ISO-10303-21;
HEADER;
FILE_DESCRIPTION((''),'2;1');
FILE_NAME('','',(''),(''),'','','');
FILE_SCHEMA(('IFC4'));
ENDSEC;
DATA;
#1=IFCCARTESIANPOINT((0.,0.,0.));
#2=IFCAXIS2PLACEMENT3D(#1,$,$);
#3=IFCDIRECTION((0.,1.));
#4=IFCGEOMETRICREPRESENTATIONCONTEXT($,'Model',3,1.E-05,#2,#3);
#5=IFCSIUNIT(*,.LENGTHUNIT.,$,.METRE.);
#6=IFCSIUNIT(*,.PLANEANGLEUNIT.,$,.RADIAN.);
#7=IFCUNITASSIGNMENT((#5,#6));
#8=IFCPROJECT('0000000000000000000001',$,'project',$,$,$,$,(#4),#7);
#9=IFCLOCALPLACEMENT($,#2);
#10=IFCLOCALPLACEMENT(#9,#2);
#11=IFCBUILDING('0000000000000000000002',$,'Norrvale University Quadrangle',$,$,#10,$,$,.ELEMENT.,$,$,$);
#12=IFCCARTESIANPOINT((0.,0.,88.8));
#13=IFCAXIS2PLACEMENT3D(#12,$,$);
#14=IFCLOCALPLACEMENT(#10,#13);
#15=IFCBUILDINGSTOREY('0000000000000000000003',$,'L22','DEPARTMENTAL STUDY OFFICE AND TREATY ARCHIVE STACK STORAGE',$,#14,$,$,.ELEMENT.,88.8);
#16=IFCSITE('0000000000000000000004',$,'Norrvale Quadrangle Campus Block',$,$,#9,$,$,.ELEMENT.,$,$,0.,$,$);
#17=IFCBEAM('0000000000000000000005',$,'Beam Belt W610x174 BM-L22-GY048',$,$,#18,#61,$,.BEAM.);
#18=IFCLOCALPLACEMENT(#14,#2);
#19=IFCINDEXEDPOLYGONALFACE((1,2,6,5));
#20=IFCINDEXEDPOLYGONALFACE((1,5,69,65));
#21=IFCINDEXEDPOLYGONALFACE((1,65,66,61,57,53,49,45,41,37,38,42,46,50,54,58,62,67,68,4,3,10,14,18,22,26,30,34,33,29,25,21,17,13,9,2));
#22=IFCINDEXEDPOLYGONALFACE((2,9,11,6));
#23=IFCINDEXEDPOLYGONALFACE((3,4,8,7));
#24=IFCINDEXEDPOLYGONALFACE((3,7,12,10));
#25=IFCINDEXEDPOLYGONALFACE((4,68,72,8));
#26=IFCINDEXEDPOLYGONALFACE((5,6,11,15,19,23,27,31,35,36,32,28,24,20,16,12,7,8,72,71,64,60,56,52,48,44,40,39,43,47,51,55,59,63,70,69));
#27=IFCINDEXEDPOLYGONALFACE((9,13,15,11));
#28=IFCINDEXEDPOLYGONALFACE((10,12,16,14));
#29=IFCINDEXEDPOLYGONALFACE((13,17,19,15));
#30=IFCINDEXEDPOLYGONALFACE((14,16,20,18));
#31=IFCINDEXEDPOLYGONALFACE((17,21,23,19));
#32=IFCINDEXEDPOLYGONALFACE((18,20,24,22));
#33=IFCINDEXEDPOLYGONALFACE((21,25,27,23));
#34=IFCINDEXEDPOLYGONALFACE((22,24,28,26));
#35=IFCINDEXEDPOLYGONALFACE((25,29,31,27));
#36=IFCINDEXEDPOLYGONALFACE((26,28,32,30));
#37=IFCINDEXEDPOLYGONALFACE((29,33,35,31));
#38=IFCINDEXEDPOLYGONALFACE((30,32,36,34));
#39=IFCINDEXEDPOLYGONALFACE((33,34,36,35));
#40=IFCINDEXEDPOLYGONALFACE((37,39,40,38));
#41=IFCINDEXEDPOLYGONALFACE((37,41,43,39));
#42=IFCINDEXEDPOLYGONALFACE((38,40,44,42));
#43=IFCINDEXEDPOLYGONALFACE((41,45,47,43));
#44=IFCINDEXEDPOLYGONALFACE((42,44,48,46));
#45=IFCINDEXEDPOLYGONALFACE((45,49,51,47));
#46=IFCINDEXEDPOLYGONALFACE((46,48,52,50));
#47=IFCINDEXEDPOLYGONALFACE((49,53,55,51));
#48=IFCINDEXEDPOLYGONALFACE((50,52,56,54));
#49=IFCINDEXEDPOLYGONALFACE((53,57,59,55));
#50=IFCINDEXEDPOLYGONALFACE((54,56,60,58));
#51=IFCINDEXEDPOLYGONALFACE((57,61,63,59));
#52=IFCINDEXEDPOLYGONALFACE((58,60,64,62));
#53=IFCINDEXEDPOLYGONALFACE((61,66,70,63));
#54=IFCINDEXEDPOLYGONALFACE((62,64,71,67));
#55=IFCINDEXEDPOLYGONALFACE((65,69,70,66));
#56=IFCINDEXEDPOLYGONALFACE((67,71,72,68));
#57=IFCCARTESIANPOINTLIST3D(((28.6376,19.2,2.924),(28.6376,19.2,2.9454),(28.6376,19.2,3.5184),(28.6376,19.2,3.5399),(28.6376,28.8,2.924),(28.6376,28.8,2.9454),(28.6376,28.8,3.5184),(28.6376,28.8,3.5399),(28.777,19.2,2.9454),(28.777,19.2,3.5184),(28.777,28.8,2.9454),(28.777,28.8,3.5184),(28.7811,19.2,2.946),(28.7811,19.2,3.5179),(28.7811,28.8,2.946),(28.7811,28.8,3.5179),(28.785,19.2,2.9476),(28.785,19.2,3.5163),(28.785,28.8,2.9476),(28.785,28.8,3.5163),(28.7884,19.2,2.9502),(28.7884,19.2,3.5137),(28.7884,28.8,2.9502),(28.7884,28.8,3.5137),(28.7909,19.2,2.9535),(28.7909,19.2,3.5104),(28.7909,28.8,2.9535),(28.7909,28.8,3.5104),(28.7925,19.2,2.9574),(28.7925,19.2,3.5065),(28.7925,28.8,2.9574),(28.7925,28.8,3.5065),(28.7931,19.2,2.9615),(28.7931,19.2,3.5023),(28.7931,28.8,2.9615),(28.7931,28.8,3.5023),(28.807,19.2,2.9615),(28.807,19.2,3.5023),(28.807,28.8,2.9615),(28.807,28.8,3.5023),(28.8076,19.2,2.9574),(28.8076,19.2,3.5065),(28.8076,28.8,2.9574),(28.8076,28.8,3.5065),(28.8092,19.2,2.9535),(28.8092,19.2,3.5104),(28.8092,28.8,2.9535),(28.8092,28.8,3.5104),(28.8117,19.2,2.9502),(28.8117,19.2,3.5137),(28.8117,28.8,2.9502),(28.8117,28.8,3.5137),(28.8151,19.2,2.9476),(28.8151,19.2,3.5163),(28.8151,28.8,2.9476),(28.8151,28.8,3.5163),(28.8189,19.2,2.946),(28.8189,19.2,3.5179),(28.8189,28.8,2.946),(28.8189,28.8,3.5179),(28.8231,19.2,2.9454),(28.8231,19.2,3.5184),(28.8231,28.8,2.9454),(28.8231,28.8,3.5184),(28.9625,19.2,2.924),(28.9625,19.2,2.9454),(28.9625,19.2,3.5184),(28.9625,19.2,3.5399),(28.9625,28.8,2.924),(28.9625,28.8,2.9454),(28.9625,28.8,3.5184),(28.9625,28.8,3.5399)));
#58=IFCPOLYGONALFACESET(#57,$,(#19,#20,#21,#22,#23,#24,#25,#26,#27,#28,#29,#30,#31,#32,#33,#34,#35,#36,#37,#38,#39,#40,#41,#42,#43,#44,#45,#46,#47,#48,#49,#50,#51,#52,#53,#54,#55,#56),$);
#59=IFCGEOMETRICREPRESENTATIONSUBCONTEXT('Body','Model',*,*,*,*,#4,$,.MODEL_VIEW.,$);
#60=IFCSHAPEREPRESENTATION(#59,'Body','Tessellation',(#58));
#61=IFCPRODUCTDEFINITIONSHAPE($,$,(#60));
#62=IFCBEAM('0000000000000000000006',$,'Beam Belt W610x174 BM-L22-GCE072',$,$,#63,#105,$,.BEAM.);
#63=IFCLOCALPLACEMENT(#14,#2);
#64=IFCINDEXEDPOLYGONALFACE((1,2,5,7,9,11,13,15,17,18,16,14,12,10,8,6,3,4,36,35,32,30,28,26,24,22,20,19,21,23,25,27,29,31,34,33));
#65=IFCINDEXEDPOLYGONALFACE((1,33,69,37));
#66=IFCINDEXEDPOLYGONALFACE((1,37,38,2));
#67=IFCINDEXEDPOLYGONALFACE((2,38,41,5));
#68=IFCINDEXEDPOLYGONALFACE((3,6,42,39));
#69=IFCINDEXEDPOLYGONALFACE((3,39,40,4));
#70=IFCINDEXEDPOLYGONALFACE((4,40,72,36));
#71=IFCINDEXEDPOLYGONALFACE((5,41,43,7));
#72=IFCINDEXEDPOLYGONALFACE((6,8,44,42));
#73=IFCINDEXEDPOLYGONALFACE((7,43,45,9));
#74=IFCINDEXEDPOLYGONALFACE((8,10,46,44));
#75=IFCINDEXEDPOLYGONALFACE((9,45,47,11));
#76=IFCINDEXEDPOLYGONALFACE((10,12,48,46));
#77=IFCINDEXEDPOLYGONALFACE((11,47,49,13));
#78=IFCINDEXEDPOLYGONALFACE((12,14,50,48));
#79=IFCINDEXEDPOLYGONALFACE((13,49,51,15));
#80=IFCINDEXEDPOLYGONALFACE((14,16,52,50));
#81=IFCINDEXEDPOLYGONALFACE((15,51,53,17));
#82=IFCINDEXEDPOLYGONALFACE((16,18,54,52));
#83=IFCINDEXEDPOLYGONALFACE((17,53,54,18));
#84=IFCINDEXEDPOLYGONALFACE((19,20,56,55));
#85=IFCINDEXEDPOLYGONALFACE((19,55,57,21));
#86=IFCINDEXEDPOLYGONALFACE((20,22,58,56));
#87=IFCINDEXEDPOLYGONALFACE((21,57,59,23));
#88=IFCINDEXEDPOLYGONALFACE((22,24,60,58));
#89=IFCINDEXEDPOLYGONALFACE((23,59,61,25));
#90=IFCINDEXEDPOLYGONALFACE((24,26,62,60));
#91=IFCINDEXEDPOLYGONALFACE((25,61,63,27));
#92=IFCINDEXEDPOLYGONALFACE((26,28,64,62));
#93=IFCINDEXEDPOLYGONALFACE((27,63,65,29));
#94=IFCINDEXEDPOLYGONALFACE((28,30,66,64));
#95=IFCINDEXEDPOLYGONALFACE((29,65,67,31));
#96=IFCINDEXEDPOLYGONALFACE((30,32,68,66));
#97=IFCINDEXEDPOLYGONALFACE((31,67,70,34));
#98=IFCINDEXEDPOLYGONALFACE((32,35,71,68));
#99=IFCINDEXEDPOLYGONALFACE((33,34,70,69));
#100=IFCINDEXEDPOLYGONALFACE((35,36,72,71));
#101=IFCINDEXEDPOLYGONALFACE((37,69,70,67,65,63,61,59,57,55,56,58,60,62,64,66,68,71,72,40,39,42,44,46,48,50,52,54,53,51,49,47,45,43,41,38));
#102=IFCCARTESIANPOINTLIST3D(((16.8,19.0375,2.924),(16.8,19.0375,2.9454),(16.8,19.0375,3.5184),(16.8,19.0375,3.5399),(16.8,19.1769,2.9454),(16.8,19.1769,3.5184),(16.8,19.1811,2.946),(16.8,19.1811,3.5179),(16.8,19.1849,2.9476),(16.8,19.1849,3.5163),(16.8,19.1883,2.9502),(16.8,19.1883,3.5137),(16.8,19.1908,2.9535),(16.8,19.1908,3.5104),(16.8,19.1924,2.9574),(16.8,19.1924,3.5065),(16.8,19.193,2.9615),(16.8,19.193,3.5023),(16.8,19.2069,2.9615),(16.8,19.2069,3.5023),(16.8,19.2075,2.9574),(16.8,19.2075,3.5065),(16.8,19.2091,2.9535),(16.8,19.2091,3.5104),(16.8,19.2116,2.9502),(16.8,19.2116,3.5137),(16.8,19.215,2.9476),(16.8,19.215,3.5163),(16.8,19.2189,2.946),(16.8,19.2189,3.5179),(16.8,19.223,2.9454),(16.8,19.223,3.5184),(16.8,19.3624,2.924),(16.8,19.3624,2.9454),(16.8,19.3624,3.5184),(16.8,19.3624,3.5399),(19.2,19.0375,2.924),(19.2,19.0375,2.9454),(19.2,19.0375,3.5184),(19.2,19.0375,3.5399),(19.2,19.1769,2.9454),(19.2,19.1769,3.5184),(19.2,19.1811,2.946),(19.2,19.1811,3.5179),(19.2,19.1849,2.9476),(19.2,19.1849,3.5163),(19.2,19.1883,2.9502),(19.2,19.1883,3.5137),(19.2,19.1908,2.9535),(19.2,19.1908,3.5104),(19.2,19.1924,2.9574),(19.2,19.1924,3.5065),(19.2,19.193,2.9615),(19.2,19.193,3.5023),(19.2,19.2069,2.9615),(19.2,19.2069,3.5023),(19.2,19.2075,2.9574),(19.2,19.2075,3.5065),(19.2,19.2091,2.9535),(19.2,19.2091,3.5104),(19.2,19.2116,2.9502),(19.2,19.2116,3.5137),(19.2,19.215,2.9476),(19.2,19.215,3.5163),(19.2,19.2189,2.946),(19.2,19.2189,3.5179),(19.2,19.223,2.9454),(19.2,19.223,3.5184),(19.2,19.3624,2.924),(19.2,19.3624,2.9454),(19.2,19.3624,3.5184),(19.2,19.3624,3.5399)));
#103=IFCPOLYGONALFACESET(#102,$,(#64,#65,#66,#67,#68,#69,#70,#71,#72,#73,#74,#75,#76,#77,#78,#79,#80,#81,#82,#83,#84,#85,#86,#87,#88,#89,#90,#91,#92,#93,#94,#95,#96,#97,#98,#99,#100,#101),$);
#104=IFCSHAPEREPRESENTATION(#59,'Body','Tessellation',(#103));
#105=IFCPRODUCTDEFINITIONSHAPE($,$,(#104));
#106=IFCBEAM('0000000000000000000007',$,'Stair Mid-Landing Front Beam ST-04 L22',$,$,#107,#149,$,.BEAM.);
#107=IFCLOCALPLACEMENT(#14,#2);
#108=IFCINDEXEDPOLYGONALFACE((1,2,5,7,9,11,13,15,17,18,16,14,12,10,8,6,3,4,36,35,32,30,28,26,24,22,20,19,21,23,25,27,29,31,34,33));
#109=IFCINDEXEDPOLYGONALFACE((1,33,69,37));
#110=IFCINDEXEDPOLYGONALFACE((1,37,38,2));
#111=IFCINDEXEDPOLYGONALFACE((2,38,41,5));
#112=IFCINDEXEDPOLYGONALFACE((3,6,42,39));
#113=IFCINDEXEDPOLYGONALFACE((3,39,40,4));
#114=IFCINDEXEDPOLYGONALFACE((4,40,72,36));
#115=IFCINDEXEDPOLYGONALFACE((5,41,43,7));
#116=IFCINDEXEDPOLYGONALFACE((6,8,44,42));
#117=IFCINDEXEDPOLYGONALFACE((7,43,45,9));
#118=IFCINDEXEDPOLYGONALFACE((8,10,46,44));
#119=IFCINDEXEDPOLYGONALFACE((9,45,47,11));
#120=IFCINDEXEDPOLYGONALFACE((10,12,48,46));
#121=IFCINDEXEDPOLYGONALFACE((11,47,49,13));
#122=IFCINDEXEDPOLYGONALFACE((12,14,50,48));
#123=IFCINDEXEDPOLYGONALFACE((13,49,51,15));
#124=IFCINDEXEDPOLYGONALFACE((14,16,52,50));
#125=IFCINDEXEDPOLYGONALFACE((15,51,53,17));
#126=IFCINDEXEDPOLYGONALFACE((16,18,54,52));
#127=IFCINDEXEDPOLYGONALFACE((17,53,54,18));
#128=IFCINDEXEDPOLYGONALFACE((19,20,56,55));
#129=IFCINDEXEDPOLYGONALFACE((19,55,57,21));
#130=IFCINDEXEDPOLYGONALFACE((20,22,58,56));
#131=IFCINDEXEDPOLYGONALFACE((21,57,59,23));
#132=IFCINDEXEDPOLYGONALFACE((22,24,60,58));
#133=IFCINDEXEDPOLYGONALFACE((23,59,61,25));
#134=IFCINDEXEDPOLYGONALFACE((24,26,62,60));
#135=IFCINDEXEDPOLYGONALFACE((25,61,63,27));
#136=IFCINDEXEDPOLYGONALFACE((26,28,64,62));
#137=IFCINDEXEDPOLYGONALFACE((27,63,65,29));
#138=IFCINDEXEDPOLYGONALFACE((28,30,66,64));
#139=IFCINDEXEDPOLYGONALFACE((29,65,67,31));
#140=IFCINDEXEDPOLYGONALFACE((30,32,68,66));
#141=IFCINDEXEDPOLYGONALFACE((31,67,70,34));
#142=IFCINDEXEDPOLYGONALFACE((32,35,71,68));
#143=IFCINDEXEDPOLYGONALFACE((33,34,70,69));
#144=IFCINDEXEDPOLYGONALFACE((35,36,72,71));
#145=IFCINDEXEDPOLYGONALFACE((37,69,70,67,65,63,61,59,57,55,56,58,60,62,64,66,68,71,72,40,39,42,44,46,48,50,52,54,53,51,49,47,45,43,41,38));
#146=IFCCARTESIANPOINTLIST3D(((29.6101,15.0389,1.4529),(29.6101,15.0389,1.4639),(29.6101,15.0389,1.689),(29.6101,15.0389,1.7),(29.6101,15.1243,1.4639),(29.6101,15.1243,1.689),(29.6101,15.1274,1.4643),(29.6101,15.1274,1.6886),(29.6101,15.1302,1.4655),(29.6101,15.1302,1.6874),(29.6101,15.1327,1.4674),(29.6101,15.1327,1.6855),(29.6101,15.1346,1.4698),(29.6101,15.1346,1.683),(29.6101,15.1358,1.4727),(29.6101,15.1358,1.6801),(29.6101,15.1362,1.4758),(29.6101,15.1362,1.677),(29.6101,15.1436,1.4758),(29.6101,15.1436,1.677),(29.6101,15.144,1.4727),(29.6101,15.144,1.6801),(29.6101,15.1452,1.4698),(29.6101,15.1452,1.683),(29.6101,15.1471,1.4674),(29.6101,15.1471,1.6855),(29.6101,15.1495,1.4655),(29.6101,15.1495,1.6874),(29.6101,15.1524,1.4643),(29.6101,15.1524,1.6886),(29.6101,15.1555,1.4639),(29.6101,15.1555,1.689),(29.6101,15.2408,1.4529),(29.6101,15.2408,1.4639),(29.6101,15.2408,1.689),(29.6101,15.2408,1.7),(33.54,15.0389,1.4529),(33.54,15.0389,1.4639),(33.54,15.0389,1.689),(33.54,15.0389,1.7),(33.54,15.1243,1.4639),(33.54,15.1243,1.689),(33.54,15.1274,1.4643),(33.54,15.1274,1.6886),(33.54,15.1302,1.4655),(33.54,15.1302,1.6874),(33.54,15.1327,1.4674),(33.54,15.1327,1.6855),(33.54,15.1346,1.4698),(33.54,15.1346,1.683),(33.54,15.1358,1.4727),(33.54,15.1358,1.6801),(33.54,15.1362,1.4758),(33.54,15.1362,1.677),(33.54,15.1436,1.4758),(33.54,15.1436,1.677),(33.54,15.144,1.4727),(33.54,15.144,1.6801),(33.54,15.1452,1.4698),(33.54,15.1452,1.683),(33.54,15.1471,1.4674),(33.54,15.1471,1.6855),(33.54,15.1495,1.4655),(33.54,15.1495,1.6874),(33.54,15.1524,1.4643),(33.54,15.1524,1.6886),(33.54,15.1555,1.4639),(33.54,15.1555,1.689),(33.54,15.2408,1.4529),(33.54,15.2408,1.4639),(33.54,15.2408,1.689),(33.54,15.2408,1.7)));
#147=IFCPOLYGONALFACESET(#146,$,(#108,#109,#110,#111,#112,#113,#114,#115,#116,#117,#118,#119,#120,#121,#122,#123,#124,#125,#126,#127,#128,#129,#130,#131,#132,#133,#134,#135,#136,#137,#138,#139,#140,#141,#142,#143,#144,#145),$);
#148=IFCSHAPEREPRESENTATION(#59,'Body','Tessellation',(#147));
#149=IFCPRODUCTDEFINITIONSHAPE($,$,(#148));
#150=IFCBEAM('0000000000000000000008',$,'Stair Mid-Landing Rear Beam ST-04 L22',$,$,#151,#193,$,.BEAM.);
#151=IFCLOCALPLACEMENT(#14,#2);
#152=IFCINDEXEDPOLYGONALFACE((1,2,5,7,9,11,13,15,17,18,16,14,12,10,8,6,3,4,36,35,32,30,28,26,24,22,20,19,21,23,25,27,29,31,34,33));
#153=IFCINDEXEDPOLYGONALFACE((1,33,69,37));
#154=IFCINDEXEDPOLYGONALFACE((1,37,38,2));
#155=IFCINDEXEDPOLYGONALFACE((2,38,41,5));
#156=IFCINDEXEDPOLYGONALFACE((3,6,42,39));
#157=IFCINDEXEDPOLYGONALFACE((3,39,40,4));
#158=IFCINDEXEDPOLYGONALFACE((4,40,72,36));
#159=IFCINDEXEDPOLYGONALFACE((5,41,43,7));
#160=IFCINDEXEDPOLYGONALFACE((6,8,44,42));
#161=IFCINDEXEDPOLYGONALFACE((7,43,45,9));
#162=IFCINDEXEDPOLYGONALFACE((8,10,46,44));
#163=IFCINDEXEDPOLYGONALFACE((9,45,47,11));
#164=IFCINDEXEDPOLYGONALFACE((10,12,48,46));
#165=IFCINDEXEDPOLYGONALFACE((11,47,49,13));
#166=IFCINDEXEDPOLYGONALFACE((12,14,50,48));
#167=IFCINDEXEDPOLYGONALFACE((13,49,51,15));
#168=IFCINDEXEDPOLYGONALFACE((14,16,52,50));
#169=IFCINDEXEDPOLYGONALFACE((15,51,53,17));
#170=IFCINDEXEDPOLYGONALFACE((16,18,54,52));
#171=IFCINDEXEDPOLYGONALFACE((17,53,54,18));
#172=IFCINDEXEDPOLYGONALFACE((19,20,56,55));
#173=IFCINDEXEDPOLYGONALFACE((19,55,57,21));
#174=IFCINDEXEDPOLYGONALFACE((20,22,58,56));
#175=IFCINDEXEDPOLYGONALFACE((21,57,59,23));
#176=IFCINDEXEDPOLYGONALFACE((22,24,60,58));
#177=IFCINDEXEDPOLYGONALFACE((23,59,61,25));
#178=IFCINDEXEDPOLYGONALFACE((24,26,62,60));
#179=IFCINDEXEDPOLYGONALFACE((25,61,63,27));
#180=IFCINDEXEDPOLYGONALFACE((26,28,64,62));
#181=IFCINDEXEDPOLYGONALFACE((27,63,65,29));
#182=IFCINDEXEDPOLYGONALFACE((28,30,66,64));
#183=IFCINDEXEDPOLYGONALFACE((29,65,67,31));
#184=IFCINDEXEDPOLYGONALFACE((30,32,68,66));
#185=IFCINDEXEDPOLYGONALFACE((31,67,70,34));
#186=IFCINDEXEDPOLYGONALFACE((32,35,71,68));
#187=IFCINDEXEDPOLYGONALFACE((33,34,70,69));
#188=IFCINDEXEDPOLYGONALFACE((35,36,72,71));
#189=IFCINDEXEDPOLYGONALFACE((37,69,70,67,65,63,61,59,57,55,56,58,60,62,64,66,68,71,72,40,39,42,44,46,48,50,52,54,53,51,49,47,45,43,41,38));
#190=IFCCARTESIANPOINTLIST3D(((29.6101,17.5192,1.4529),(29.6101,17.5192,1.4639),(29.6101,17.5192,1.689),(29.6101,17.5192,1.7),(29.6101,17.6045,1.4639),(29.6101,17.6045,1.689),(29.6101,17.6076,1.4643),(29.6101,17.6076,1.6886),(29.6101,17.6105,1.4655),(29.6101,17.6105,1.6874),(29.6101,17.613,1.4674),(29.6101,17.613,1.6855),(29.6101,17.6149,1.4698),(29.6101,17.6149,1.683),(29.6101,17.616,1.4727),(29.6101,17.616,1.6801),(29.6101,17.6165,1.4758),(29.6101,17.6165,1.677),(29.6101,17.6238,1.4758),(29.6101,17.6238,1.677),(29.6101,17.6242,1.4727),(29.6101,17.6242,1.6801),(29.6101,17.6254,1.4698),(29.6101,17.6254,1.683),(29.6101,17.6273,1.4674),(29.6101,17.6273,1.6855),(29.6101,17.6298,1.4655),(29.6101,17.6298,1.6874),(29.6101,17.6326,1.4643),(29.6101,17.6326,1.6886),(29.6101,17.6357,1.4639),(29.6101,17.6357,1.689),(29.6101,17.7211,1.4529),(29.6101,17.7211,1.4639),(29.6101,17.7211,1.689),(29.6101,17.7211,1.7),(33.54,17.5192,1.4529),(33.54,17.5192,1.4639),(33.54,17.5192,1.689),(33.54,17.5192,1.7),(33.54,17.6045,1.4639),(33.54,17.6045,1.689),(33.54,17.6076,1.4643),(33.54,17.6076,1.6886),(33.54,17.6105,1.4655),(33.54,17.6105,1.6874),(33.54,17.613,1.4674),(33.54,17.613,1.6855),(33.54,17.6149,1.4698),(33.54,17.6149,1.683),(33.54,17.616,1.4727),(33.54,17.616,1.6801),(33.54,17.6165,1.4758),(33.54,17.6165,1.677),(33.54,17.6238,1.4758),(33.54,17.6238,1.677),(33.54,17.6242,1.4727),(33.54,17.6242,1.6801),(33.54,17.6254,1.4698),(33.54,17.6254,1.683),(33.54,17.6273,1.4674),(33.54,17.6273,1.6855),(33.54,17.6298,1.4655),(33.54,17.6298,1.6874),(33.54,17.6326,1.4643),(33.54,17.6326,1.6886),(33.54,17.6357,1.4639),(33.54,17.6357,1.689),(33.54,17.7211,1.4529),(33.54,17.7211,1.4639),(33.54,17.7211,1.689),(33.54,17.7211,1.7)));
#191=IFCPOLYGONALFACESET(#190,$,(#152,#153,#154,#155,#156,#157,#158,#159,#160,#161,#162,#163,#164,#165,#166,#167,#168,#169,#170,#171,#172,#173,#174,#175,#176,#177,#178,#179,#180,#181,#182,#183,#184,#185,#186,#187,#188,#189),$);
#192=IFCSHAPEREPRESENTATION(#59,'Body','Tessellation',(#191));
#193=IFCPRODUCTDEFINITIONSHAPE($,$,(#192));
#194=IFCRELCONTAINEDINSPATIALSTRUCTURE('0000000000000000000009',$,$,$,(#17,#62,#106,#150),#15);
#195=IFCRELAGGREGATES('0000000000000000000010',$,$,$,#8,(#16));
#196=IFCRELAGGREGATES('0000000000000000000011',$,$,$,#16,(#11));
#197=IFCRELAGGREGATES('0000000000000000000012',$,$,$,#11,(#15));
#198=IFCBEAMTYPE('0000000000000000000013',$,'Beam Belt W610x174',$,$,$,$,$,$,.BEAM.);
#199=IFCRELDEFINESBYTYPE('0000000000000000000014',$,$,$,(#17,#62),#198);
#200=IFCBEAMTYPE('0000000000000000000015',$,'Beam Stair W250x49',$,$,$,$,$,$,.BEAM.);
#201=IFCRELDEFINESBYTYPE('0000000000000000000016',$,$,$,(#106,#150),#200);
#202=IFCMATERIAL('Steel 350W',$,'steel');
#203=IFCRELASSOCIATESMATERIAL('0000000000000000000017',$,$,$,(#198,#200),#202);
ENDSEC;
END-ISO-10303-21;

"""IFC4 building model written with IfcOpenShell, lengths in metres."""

from ifc_helpers import new_model, si_unit, direction, frame, origin, origin_2d, place, context, subcontext, project, spatial, i_section, extrude, material, material_profile, profile_set, type_object, element, save


model = new_model("IFC4")

# Units and contexts
model_context = context("Model", 3, precision=1e-05, world=origin(), true_north=direction((0.0, 1.0)))
body_context = subcontext(model_context, "Body", "Model", "MODEL_VIEW")
ifc_project = project(units=[si_unit("LENGTHUNIT", "METRE"), si_unit("PLANEANGLEUNIT", "RADIAN")], contexts=[model_context])

# Site, building, storey
site_placement = place(None, origin())
site = spatial("IfcSite", under=ifc_project, at=site_placement, Name="Norrvale Quadrangle Campus Block", CompositionType="ELEMENT", RefElevation=0.0)
building_placement = place(site_placement, origin())
building = spatial("IfcBuilding", under=site, at=building_placement, Name="Norrvale University Quadrangle", CompositionType="ELEMENT")
storey_placement = place(building_placement, frame((0.0, 0.0, 88.8)))
storey = spatial("IfcBuildingStorey", under=building, at=storey_placement, Name="L22", Description="DEPARTMENTAL STUDY OFFICE AND TREATY ARCHIVE STACK STORAGE", CompositionType="ELEMENT", Elevation=88.8)

# Beams
ifc_material_1 = material(Name="Steel 350W", Category="steel")
ifc_material_profile_1 = material_profile(ifc_material_1, i_section(OverallWidth=0.325, OverallDepth=0.616, WebThickness=0.0139, FlangeThickness=0.0215, FilletRadius=0.0161, at=origin_2d()), Name="Steel 350W")
ifc_profile_set_1 = profile_set([ifc_material_profile_1], Name="Steel 350W")
beam_type_1 = type_object("IfcBeamType", Name="Beam Belt W610x174", PredefinedType="BEAM", material=ifc_profile_set_1)
for number, where, z_axis, x_axis, name in (
    (1, (28.8, 19.2, 3.2319), (0.0, 1.0, 0.0), (-1.0, 0.0, 0.0), "Beam Belt W610x174 BM-L22-GY048"),
):
    element("IfcBeam", number, at=place(storey_placement, frame(where, z_axis=z_axis, x_axis=x_axis)), inside=storey, type_object=beam_type_1, Name=name, PredefinedType="BEAM", context=body_context, shape_type="SweptSolid", body=[
        extrude(i_section(OverallWidth=0.325, OverallDepth=0.616, WebThickness=0.0139, FlangeThickness=0.0215, FilletRadius=0.0161, at=origin_2d()), origin(), (0.0, 0.0, 1.0), 9.6001),
    ])
beam_1_placement = place(storey_placement, frame((16.8, 19.2, 3.2319), z_axis=(1.0, 0.0, 0.0), x_axis=(0.0, 1.0, 0.0)))
element("IfcBeam", 2, at=beam_1_placement, inside=storey, type_object=beam_type_1, Name="Beam Belt W610x174 BM-L22-GCE072", PredefinedType="BEAM", context=body_context, shape_type="SweptSolid", body=[
    extrude(i_section(OverallWidth=0.325, OverallDepth=0.616, WebThickness=0.0139, FlangeThickness=0.0215, FilletRadius=0.0161, at=origin_2d()), origin(), (0.0, 0.0, 1.0), 2.3999),
])
ifc_material_profile_2 = material_profile(ifc_material_1, i_section(OverallWidth=0.2019, OverallDepth=0.2471, WebThickness=0.0073, FlangeThickness=0.011, FilletRadius=0.012, at=origin_2d()), Name="Steel 350W")
ifc_profile_set_2 = profile_set([ifc_material_profile_2], Name="Steel 350W")
beam_type_2 = type_object("IfcBeamType", Name="Beam Stair W250x49", PredefinedType="BEAM", material=ifc_profile_set_2)
for number, where, z_axis, x_axis, name in (
    (3, (29.6101, 15.1399, 1.5764), (1.0, 0.0, 0.0), (0.0, 1.0, 0.0), "Stair Mid-Landing Front Beam ST-04 L22"),
    (4, (29.6101, 17.6201, 1.5764), (1.0, 0.0, 0.0), (0.0, 1.0, 0.0), "Stair Mid-Landing Rear Beam ST-04 L22"),
):
    element("IfcBeam", number, at=place(storey_placement, frame(where, z_axis=z_axis, x_axis=x_axis)), inside=storey, type_object=beam_type_2, Name=name, PredefinedType="BEAM", context=body_context, shape_type="SweptSolid", body=[
        extrude(i_section(OverallWidth=0.2019, OverallDepth=0.2471, WebThickness=0.0073, FlangeThickness=0.011, FilletRadius=0.012, at=origin_2d()), origin(), (0.0, 0.0, 1.0), 3.9299),
    ])

save(model, "model.ifc")
